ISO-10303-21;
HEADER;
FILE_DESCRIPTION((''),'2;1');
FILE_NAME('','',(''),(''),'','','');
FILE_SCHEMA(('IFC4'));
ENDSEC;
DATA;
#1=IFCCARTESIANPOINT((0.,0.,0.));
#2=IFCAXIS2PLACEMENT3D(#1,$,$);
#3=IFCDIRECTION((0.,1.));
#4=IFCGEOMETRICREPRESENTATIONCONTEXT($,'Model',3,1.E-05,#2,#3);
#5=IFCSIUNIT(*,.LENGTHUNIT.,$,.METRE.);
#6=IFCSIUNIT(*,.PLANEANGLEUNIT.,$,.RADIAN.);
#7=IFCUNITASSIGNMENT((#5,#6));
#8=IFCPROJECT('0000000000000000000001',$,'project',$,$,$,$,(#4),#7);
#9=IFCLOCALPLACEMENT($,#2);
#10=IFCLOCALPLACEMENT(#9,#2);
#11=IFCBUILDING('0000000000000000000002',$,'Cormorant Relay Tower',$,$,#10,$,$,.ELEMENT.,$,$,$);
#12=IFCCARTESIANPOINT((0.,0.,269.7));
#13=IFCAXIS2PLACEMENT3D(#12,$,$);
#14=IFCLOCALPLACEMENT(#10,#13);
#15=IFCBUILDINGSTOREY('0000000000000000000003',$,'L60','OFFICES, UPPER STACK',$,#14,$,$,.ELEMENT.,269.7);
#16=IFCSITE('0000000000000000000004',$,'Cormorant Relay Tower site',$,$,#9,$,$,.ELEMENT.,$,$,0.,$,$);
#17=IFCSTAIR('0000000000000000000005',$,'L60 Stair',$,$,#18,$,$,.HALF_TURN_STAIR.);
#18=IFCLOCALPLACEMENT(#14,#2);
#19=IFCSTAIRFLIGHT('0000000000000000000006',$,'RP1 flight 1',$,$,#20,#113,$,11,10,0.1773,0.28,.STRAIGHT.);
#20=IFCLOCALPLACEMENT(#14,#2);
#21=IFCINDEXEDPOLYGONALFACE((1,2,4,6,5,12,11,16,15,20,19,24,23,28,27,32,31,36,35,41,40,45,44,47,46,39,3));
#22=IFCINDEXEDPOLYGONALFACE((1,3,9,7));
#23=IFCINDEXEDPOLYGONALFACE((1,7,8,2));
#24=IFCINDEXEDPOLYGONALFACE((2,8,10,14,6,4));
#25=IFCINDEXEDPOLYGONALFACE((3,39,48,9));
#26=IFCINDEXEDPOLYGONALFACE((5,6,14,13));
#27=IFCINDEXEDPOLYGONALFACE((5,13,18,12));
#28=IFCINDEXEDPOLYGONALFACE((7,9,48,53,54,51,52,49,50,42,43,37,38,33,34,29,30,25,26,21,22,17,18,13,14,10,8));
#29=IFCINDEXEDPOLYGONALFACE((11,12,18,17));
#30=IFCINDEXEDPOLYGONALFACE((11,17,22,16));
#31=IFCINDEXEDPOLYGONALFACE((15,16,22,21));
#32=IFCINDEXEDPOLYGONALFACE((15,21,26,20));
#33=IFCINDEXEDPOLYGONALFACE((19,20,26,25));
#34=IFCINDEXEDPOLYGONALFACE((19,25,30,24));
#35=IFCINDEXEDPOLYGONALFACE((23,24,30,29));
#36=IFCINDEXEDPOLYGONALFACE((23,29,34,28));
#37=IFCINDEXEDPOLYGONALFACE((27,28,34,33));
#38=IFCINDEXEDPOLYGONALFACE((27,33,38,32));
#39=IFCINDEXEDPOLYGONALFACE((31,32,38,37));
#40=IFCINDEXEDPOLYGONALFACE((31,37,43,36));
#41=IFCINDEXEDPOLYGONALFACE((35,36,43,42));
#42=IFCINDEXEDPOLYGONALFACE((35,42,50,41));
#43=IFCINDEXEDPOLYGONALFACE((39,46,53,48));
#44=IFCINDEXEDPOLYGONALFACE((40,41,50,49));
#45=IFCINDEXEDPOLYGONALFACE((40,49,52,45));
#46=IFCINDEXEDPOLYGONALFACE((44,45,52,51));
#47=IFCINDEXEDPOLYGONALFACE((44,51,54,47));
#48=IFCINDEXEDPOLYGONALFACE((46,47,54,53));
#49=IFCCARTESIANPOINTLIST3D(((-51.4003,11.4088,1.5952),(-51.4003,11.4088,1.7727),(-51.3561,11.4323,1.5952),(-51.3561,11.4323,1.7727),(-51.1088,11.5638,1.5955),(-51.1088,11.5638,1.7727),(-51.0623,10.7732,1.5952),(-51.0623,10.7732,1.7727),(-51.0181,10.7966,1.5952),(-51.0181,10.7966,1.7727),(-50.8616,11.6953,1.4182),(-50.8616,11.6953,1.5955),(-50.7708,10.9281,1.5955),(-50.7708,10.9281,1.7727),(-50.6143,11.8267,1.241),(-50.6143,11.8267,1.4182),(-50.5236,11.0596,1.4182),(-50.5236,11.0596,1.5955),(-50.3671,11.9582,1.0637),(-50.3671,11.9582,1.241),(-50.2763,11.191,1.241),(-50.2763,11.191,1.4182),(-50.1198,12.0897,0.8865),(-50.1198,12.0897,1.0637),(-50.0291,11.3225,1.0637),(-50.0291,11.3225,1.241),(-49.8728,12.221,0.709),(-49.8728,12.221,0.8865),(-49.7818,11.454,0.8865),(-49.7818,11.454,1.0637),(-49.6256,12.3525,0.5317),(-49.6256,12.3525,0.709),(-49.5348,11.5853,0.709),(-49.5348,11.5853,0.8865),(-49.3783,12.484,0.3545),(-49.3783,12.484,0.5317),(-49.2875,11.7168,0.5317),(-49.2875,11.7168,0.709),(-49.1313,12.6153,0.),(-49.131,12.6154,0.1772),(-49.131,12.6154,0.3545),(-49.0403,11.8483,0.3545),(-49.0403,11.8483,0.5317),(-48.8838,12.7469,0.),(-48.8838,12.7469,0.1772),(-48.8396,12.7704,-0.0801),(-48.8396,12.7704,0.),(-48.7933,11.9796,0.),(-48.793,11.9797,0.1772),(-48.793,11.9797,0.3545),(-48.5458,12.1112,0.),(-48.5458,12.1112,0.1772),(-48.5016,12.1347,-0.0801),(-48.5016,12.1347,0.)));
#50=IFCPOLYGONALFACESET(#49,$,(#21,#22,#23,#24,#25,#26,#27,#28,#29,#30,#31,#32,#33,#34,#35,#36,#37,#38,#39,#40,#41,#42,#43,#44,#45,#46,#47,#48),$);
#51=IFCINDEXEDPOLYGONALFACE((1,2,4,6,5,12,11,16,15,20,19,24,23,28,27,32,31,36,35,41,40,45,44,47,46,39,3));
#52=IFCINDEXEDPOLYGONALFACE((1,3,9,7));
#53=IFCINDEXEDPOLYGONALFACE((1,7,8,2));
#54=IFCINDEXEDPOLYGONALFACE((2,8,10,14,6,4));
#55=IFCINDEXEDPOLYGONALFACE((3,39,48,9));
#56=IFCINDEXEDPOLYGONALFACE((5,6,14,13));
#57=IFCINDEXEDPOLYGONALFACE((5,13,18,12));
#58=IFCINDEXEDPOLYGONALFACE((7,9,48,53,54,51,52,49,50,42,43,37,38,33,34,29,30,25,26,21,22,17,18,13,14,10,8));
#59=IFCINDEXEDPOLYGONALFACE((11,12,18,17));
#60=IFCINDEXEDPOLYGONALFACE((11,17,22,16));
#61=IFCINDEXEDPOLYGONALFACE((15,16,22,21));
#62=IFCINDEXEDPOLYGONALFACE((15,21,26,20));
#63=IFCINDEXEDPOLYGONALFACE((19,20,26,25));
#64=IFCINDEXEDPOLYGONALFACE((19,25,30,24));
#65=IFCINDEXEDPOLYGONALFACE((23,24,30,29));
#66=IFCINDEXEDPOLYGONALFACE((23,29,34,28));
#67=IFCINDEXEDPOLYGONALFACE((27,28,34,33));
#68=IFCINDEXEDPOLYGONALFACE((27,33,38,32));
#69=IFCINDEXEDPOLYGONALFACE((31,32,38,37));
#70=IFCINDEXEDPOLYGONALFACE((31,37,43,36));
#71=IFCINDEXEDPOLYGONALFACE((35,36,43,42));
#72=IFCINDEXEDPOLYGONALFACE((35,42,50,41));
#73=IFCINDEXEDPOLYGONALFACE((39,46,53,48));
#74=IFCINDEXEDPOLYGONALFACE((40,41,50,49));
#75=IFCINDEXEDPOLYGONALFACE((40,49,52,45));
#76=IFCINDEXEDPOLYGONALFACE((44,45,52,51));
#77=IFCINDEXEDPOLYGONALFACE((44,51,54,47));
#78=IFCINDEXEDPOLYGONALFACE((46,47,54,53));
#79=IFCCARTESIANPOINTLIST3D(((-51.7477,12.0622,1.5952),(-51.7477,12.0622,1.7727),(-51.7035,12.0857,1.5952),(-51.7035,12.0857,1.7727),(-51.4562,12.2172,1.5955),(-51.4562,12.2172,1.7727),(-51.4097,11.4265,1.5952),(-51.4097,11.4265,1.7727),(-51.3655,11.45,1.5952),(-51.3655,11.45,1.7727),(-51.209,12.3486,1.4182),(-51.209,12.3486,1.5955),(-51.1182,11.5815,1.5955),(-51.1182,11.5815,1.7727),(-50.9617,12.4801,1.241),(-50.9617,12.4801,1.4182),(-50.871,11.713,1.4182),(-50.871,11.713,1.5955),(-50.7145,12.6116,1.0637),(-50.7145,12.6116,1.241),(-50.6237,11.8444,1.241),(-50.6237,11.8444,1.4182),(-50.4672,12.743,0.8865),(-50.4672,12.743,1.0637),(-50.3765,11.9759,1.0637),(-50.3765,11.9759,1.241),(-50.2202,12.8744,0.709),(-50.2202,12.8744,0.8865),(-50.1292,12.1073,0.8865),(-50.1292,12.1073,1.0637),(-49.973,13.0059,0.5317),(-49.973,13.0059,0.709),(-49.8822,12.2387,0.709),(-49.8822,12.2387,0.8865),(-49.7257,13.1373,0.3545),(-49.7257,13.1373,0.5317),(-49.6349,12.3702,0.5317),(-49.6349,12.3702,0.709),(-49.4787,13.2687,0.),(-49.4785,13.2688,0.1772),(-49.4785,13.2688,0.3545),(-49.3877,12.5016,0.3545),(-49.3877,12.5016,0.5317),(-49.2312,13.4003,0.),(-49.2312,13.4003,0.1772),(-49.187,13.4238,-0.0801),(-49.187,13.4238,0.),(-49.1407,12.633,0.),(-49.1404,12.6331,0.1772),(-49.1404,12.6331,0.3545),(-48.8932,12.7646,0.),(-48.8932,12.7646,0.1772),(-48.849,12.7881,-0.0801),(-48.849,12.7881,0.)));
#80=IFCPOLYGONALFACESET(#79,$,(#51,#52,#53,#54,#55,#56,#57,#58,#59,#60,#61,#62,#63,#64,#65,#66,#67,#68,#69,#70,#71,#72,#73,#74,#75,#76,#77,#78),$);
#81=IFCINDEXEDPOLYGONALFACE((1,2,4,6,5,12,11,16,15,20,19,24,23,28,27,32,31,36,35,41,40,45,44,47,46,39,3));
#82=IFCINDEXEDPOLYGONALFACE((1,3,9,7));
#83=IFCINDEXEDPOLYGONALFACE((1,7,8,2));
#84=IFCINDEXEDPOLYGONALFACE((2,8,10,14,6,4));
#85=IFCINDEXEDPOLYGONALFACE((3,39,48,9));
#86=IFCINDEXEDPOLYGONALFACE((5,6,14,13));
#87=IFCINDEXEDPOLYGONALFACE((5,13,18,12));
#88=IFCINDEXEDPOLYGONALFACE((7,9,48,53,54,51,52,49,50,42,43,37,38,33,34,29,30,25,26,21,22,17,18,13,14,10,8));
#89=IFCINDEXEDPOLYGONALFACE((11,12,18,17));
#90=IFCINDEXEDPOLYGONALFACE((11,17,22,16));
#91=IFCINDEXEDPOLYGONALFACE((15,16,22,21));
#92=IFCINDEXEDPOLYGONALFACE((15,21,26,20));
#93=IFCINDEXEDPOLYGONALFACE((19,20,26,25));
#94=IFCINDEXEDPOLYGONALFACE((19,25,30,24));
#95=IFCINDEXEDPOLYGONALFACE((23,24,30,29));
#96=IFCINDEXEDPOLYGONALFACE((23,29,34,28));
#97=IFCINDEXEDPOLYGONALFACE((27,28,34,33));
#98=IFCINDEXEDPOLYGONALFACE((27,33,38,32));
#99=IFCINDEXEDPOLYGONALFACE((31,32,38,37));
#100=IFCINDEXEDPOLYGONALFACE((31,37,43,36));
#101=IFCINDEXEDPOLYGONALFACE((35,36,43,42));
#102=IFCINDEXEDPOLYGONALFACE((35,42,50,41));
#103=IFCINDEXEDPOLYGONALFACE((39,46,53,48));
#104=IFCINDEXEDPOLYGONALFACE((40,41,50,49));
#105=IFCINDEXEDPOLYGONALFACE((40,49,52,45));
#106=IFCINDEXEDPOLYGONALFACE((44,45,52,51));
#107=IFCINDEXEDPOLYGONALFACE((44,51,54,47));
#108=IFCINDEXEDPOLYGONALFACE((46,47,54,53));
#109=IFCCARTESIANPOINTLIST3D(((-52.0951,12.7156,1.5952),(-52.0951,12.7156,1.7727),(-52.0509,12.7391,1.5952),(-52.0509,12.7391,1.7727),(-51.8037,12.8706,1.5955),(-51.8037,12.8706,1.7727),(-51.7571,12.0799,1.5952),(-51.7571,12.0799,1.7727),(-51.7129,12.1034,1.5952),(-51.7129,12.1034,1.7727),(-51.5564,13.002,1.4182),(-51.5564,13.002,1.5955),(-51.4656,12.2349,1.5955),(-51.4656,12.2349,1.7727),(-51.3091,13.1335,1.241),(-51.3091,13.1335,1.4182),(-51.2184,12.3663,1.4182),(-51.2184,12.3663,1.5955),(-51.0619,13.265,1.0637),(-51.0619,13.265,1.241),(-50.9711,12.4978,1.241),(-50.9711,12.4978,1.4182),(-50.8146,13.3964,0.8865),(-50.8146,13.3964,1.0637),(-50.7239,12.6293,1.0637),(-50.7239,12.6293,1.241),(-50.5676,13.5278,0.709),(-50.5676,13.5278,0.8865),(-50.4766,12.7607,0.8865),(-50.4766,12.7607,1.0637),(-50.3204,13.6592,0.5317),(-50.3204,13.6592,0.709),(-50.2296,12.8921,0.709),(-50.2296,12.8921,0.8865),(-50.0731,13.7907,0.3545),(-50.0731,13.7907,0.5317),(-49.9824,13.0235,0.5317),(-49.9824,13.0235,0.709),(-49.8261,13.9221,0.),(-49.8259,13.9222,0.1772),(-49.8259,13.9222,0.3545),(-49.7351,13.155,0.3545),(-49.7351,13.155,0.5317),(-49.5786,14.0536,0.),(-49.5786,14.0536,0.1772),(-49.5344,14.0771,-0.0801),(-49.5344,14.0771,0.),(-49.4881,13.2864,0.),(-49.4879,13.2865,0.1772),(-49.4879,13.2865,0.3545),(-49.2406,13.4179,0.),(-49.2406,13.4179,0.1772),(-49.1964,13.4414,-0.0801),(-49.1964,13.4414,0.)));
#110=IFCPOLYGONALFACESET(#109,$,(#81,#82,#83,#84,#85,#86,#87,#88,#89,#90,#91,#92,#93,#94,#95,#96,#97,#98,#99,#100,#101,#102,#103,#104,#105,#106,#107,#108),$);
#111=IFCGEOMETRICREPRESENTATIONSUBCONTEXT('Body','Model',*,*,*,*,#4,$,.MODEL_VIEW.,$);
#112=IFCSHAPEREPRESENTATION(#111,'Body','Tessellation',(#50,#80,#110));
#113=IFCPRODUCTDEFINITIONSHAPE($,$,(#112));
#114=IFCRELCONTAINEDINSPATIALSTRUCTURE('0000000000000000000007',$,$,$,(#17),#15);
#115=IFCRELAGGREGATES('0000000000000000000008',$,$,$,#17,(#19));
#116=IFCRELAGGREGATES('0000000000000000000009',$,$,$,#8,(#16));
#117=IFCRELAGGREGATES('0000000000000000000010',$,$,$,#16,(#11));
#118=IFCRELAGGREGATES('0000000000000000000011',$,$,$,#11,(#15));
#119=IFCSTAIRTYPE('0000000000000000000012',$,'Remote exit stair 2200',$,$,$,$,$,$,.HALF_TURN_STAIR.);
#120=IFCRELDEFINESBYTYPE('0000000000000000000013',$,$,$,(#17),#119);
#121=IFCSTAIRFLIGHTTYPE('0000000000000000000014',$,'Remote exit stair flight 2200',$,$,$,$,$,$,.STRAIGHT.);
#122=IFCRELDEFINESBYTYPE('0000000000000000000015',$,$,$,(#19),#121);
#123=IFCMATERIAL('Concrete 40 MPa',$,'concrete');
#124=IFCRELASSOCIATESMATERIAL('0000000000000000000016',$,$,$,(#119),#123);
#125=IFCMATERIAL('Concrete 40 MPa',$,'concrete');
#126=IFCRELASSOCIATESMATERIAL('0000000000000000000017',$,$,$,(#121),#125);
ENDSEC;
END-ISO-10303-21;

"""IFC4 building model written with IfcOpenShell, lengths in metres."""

from ifc_helpers import new_model, si_unit, direction, frame, origin, place, context, subcontext, project, spatial, polyline, outline, extrude, material, type_object, element, aggregate, save


model = new_model("IFC4")

# Units and contexts
model_context = context("Model", 3, precision=1e-05, world=origin(), true_north=direction((0.0, 1.0)))
body_context = subcontext(model_context, "Body", "Model", "MODEL_VIEW")
ifc_project = project(units=[si_unit("LENGTHUNIT", "METRE"), si_unit("PLANEANGLEUNIT", "RADIAN")], contexts=[model_context])

# Site, building, storey
site_placement = place(None, origin())
site = spatial("IfcSite", under=ifc_project, at=site_placement, Name="Cormorant Relay Tower site", CompositionType="ELEMENT", RefElevation=0.0)
building_placement = place(site_placement, origin())
building = spatial("IfcBuilding", under=site, at=building_placement, Name="Cormorant Relay Tower", CompositionType="ELEMENT")
storey_placement = place(building_placement, frame((0.0, 0.0, 269.7)))
storey = spatial("IfcBuildingStorey", under=building, at=storey_placement, Name="L60", Description="OFFICES, UPPER STACK", CompositionType="ELEMENT", Elevation=269.7)

# Stair, stair flight
ifc_material_1 = material(Name="Concrete 40 MPa", Category="concrete")
stair_type = type_object("IfcStairType", Name="Remote exit stair 2200", PredefinedType="HALF_TURN_STAIR", material=ifc_material_1)
stair_placement = place(storey_placement, origin())
stair = element("IfcStair", 1, at=stair_placement, inside=storey, type_object=stair_type, Name="L60 Stair", PredefinedType="HALF_TURN_STAIR")
ifc_material_2 = material(Name="Concrete 40 MPa", Category="concrete")
stair_flight_type = type_object("IfcStairFlightType", Name="Remote exit stair flight 2200", PredefinedType="STRAIGHT", material=ifc_material_2)
stair_flight_1_placement = place(storey_placement, frame((-49.0623, 13.0825, 0.0), z_axis=(0.0, 0.0, 1.0), x_axis=(-0.882948, -0.469472, 0.0)))
stair_flight_1 = element("IfcStairFlight", 2, at=stair_flight_1_placement, type_object=stair_flight_type, Name="RP1 flight 1", NumberOfRisers=11, NumberOfTreads=10, PredefinedType="STRAIGHT", RiserHeight=0.1773, TreadLength=0.28, context=body_context, shape_type="SweptSolid", body=[
    extrude(outline(polyline([(-0.05, -0.0801), (-0.05, 0.0), (0.0, 0.0), (0.0, 0.1772), (0.28, 0.1772), (0.28, 0.3545), (0.5601, 0.3545), (0.5601, 0.5317), (0.8401, 0.5317), (0.8401, 0.709), (1.1201, 0.709), (1.1201, 0.8865), (1.3999, 0.8865), (1.3999, 1.0637), (1.6799, 1.0637), (1.6799, 1.241), (1.96, 1.241), (1.96, 1.4182), (2.24, 1.4182), (2.24, 1.5955), (2.52, 1.5955), (2.52, 1.7727), (2.8, 1.7727), (2.8501, 1.7727), (2.8501, 1.5952), (2.8, 1.5952), (0.2803, 0.0), (-0.05, -0.0801)])), frame((0.0, 1.1001, 0.0), z_axis=(0.0, -1.0, 0.0), x_axis=(1.0, 0.0, 0.0)), (0.0, 0.0, 1.0), 0.72),
    extrude(outline(polyline([(-0.05, -0.0801), (-0.05, 0.0), (0.0, 0.0), (0.0, 0.1772), (0.28, 0.1772), (0.28, 0.3545), (0.5601, 0.3545), (0.5601, 0.5317), (0.8401, 0.5317), (0.8401, 0.709), (1.1201, 0.709), (1.1201, 0.8865), (1.3999, 0.8865), (1.3999, 1.0637), (1.6799, 1.0637), (1.6799, 1.241), (1.96, 1.241), (1.96, 1.4182), (2.24, 1.4182), (2.24, 1.5955), (2.52, 1.5955), (2.52, 1.7727), (2.8, 1.7727), (2.8501, 1.7727), (2.8501, 1.5952), (2.8, 1.5952), (0.2803, 0.0), (-0.05, -0.0801)])), frame((0.0, 0.3601, 0.0), z_axis=(0.0, -1.0, 0.0), x_axis=(1.0, 0.0, 0.0)), (0.0, 0.0, 1.0), 0.72),
    extrude(outline(polyline([(-0.05, -0.0801), (-0.05, 0.0), (0.0, 0.0), (0.0, 0.1772), (0.28, 0.1772), (0.28, 0.3545), (0.5601, 0.3545), (0.5601, 0.5317), (0.8401, 0.5317), (0.8401, 0.709), (1.1201, 0.709), (1.1201, 0.8865), (1.3999, 0.8865), (1.3999, 1.0637), (1.6799, 1.0637), (1.6799, 1.241), (1.96, 1.241), (1.96, 1.4182), (2.24, 1.4182), (2.24, 1.5955), (2.52, 1.5955), (2.52, 1.7727), (2.8, 1.7727), (2.8501, 1.7727), (2.8501, 1.5952), (2.8, 1.5952), (0.2803, 0.0), (-0.05, -0.0801)])), frame((0.0, -0.3799, 0.0), z_axis=(0.0, -1.0, 0.0), x_axis=(1.0, 0.0, 0.0)), (0.0, 0.0, 1.0), 0.72),
])
aggregate(stair, [stair_flight_1])

save(model, "model.ifc")
